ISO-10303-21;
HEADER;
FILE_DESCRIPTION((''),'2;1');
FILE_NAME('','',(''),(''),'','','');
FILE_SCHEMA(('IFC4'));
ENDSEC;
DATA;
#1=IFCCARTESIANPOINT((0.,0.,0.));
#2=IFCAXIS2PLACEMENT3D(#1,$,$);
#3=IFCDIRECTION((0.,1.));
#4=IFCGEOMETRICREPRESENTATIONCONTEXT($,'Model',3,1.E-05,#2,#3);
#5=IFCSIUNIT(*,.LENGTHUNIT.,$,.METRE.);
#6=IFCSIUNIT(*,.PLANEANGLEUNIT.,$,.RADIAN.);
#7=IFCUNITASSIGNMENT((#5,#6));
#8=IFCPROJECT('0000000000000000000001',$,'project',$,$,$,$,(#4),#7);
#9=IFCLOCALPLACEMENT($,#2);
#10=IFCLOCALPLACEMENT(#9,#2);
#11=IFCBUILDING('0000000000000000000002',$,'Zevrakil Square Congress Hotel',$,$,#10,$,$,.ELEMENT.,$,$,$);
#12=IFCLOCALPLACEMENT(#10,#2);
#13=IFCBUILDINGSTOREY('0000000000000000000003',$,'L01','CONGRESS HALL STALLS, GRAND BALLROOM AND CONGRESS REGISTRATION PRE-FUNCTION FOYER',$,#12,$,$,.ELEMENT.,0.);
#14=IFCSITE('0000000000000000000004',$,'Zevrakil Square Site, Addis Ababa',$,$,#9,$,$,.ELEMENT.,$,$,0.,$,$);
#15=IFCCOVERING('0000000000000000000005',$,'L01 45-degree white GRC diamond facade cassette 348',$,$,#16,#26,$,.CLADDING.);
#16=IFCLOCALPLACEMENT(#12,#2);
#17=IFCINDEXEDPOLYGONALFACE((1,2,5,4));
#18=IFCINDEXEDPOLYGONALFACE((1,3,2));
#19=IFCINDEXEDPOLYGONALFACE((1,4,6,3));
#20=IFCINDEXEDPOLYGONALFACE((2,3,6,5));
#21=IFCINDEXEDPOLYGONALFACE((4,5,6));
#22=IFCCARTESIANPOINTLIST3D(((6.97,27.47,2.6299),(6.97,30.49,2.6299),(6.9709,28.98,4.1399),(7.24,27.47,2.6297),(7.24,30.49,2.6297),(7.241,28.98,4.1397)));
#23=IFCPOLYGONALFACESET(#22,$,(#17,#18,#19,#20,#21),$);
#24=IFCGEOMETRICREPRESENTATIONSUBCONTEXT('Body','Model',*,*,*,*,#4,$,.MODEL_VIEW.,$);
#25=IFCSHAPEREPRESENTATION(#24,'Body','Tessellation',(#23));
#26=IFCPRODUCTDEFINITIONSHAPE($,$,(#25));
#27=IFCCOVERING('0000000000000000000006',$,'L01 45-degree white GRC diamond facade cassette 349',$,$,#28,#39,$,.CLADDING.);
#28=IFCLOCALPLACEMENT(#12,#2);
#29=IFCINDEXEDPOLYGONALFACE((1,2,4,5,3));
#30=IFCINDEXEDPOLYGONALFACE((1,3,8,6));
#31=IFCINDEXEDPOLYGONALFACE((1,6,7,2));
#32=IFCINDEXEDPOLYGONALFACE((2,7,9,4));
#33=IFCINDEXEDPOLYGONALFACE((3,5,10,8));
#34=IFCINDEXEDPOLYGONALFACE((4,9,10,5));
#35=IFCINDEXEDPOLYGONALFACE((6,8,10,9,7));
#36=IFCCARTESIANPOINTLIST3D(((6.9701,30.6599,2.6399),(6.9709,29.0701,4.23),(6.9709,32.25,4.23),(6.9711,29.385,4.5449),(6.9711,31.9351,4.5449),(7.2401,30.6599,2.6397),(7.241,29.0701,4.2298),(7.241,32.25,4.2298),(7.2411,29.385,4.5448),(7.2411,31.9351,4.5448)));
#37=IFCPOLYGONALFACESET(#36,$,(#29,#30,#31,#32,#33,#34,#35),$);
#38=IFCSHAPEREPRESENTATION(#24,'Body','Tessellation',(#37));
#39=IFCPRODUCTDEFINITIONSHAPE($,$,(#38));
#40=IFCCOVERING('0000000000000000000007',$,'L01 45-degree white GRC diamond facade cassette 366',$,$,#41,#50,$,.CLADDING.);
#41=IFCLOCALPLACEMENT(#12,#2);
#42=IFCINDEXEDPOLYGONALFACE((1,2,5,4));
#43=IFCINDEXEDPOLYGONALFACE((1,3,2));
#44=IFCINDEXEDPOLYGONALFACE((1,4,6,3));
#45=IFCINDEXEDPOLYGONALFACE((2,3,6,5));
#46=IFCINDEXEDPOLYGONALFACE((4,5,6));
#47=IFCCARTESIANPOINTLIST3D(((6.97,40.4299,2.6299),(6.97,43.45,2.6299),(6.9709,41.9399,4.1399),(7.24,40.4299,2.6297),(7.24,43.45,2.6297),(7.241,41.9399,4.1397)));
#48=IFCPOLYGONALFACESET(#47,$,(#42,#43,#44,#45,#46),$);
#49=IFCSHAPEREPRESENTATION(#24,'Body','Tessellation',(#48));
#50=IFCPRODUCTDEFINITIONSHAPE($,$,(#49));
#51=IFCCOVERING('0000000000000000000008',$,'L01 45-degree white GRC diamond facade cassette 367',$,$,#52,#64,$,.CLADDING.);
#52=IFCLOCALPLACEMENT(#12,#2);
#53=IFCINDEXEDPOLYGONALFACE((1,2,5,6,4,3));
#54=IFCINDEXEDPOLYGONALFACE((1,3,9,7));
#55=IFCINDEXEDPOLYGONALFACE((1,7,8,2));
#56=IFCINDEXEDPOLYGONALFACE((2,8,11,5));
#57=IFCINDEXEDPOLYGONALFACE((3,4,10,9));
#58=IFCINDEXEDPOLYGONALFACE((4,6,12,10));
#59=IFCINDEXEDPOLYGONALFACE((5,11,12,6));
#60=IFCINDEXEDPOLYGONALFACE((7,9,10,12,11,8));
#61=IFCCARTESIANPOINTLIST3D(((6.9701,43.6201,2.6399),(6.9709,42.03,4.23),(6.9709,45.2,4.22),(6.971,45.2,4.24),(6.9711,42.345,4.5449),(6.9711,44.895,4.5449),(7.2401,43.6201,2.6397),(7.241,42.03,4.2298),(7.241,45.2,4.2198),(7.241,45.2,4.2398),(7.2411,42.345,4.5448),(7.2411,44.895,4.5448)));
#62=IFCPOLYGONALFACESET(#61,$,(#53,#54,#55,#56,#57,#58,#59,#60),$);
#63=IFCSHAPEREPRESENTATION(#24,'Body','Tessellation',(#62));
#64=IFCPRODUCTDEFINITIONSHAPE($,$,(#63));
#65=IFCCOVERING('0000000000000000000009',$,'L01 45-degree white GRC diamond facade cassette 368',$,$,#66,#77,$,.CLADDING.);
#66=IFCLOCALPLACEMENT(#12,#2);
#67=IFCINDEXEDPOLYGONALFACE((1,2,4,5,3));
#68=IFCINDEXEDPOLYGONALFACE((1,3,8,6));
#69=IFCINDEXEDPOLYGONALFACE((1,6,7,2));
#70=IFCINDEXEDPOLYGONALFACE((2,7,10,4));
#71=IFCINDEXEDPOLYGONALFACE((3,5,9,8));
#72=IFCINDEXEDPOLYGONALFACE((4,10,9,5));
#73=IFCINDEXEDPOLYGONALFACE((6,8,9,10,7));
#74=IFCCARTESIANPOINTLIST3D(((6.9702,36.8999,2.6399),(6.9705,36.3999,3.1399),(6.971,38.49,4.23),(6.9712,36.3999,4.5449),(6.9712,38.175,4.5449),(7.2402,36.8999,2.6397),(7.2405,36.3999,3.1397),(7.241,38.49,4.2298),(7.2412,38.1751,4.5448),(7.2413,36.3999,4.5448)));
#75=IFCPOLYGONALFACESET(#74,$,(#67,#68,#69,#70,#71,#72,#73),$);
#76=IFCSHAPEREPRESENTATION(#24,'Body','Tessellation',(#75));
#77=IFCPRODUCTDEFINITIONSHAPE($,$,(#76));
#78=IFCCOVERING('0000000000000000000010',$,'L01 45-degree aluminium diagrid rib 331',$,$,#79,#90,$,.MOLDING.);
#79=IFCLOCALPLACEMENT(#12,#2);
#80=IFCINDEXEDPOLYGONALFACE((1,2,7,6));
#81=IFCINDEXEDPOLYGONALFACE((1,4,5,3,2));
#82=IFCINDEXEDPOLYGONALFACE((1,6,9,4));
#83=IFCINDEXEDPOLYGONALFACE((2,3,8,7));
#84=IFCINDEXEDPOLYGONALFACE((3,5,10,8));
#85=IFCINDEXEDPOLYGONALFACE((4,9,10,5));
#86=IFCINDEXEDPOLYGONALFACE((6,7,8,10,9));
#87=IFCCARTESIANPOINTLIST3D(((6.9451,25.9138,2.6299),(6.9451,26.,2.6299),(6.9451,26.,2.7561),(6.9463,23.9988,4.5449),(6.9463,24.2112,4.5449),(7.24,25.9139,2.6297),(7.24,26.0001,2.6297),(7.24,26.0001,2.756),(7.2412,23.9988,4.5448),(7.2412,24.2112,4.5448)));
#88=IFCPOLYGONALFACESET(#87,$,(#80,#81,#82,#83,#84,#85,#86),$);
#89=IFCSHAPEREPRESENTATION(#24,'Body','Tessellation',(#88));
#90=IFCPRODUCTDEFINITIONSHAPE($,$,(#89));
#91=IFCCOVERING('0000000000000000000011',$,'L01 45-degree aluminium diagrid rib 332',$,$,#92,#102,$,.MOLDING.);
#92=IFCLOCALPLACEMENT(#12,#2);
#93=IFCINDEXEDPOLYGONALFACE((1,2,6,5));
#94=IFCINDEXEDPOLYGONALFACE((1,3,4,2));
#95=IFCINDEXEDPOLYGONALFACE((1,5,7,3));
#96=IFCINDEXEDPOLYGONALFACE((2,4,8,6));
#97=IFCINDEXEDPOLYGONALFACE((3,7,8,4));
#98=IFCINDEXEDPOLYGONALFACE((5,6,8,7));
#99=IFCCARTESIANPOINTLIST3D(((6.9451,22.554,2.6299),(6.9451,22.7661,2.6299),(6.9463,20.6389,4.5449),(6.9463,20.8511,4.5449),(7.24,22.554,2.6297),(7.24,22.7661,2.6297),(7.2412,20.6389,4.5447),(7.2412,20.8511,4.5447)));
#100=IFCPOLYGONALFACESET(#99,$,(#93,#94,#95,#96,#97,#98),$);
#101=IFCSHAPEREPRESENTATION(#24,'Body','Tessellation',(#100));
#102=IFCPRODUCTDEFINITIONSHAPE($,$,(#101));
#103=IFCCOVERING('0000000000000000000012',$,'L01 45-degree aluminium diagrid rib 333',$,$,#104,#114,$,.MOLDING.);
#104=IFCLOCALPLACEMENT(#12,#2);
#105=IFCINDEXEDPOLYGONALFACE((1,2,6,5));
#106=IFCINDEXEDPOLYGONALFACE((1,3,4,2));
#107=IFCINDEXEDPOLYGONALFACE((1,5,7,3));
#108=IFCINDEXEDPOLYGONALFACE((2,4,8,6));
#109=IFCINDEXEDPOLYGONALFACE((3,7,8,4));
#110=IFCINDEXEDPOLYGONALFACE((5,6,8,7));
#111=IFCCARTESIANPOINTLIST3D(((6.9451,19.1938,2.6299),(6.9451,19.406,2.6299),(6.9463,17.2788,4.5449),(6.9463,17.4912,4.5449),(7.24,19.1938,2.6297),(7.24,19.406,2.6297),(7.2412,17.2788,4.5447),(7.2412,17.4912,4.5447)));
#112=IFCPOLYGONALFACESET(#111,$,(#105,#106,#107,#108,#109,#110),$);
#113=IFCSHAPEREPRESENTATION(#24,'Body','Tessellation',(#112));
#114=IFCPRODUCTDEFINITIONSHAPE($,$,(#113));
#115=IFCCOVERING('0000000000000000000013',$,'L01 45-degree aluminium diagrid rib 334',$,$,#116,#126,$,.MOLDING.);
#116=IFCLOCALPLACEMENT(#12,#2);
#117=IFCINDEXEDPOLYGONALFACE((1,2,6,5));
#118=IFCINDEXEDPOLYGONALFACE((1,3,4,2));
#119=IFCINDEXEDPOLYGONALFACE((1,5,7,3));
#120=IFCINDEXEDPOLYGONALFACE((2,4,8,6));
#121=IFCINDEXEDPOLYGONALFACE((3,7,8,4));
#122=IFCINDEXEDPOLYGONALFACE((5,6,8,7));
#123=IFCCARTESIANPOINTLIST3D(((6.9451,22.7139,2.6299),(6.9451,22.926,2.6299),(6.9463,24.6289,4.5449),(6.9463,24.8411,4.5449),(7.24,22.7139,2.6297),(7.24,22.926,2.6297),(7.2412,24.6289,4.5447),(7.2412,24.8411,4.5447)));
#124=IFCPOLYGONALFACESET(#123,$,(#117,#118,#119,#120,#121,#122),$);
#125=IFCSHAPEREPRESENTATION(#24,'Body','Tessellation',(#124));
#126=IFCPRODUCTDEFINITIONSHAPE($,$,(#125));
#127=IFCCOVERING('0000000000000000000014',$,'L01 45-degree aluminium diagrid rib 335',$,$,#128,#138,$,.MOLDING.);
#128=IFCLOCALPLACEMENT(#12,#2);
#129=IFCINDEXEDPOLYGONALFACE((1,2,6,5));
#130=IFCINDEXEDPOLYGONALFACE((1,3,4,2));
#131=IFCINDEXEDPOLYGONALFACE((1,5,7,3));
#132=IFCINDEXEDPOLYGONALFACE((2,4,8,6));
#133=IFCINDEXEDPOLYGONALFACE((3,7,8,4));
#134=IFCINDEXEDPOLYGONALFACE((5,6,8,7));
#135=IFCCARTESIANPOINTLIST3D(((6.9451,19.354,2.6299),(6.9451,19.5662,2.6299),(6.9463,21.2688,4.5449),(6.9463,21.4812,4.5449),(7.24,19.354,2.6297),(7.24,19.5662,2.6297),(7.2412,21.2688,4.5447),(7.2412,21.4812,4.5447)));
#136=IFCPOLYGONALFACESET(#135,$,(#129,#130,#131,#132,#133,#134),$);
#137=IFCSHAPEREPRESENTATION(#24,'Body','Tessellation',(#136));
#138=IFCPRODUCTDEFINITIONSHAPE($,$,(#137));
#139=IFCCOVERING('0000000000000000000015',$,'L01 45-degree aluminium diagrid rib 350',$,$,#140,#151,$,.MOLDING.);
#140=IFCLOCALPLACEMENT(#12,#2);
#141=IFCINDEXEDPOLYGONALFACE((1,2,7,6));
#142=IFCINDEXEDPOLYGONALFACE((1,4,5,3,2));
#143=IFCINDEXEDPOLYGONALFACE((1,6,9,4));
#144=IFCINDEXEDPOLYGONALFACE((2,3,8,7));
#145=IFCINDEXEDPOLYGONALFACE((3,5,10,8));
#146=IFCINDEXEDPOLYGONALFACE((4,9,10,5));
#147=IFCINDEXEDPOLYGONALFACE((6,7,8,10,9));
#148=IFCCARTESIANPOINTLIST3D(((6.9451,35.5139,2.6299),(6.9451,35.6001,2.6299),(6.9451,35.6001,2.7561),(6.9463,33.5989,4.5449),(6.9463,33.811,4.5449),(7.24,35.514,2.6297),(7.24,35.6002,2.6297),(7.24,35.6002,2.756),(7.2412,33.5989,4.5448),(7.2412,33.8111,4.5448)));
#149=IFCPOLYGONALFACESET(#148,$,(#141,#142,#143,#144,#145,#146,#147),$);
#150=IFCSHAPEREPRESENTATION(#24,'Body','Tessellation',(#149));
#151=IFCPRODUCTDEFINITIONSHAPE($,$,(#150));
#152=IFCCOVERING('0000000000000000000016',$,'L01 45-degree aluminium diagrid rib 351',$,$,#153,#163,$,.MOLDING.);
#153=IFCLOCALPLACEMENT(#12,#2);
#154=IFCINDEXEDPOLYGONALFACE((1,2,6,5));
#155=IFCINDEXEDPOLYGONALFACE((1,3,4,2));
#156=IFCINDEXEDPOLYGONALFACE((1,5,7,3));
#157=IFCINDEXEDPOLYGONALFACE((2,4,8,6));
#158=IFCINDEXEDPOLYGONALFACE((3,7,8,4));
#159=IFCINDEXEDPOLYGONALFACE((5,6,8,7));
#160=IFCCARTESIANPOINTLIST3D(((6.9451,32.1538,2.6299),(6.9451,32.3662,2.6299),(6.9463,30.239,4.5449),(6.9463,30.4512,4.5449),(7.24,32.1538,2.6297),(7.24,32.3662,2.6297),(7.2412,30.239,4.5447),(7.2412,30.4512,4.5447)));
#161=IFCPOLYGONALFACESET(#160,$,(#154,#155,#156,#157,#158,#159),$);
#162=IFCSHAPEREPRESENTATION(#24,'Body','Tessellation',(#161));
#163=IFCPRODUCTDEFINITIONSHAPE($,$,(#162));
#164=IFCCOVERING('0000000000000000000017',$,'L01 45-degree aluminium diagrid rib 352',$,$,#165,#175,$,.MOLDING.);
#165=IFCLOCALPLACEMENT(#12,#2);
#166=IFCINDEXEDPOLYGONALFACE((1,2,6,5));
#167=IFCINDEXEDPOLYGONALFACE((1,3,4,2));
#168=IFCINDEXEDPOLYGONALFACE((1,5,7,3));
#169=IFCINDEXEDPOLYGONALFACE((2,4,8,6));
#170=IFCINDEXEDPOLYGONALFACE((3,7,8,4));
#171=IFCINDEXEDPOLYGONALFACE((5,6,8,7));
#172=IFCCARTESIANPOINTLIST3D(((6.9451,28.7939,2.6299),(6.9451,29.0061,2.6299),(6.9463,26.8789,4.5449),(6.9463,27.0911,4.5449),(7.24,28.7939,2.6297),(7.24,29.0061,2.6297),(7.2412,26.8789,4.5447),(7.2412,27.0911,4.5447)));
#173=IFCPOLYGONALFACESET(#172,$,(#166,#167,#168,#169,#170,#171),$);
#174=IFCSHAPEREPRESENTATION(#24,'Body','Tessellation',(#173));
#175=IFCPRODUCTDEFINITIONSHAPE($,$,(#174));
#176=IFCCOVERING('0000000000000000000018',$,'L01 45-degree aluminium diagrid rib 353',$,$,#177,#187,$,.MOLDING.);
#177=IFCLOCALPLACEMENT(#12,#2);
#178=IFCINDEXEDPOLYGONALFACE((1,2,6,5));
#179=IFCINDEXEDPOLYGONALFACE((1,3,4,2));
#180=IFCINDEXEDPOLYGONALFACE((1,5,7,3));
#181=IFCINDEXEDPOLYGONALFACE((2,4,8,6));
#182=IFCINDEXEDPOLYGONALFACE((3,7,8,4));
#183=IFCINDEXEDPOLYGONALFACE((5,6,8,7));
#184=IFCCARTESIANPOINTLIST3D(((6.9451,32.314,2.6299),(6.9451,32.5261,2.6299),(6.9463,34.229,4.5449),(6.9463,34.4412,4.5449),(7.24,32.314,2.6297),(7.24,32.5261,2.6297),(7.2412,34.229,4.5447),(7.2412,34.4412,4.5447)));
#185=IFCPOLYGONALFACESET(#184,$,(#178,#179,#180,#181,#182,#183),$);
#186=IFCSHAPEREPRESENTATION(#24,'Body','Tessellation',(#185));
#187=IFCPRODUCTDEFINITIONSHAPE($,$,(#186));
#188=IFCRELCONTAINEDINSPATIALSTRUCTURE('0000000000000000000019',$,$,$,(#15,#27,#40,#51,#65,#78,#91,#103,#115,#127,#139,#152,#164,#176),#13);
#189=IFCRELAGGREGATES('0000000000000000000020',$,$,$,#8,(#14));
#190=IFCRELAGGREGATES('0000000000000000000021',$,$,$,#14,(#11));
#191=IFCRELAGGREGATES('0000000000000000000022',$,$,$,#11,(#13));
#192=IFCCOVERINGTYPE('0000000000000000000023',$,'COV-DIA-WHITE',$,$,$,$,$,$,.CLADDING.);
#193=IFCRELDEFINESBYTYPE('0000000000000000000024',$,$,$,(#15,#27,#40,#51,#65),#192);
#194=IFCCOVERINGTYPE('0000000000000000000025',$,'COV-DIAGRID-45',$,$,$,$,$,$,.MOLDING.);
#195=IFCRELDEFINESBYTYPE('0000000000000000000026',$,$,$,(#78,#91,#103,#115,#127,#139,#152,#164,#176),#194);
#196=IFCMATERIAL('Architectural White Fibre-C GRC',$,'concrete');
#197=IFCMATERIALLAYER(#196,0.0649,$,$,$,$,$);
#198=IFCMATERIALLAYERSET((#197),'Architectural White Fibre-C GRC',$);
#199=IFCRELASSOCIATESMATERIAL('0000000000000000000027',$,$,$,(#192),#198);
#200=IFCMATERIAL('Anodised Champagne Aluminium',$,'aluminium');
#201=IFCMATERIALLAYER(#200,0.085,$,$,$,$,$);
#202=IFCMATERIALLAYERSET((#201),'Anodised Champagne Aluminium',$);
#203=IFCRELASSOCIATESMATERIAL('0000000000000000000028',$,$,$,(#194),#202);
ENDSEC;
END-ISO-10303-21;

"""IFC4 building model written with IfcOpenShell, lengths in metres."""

from ifc_helpers import new_model, si_unit, direction, frame, origin, place, context, subcontext, project, spatial, polyline, outline, extrude, material, layer, layer_set, type_object, element, save


model = new_model("IFC4")

# Units and contexts
model_context = context("Model", 3, precision=1e-05, world=origin(), true_north=direction((0.0, 1.0)))
body_context = subcontext(model_context, "Body", "Model", "MODEL_VIEW")
ifc_project = project(units=[si_unit("LENGTHUNIT", "METRE"), si_unit("PLANEANGLEUNIT", "RADIAN")], contexts=[model_context])

# Site, building, storey
site_placement = place(None, origin())
site = spatial("IfcSite", under=ifc_project, at=site_placement, Name="Zevrakil Square Site, Addis Ababa", CompositionType="ELEMENT", RefElevation=0.0)
building_placement = place(site_placement, origin())
building = spatial("IfcBuilding", under=site, at=building_placement, Name="Zevrakil Square Congress Hotel", CompositionType="ELEMENT")
storey_placement = place(building_placement, origin())
storey = spatial("IfcBuildingStorey", under=building, at=storey_placement, Name="L01", Description="CONGRESS HALL STALLS, GRAND BALLROOM AND CONGRESS REGISTRATION PRE-FUNCTION FOYER", CompositionType="ELEMENT", Elevation=0.0)

# Coverings
ifc_material_1 = material(Name="Architectural White Fibre-C GRC", Category="concrete")
ifc_layer_1 = layer(ifc_material_1, 0.0649)
ifc_layer_set_1 = layer_set([ifc_layer_1], Name="Architectural White Fibre-C GRC")
covering_type_1 = type_object("IfcCoveringType", Name="COV-DIA-WHITE", PredefinedType="CLADDING", material=ifc_layer_set_1)
covering_1_placement = place(storey_placement, frame((6.9709, 28.98, 4.1399), z_axis=(-1.0, 0.0, 0.000647), x_axis=(-0.000457, -0.707107, -0.707107)))
element("IfcCovering", 1, at=covering_1_placement, inside=storey, type_object=covering_type_1, Name="L01 45-degree white GRC diamond facade cassette 348", PredefinedType="CLADDING", context=body_context, shape_type="SweptSolid", body=[
    extrude(outline(polyline([(0.0, 0.0), (2.1355, 0.0), (0.0, -2.1355), (0.0, 0.0)])), origin(), (0.0, 0.0, -1.0), 0.27),
])
covering_2_placement = place(storey_placement, frame((6.9709, 29.0701, 4.23), z_axis=(-1.0, 0.0, 0.000543), x_axis=(-0.000384, 0.707052, -0.707161)))
element("IfcCovering", 2, at=covering_2_placement, inside=storey, type_object=covering_type_1, Name="L01 45-degree white GRC diamond facade cassette 349", PredefinedType="CLADDING", context=body_context, shape_type="SweptSolid", body=[
    extrude(outline(polyline([(0.0, 0.0), (2.2486, 0.0), (2.2484, -2.2487), (1.803, -2.2487), (0.0, -0.4454), (0.0, 0.0)])), origin(), (0.0, 0.0, -1.0), 0.27),
])
covering_3_placement = place(storey_placement, frame((6.9709, 41.9399, 4.1399), z_axis=(-1.0, 0.0, 0.000647), x_axis=(-0.000457, -0.707107, -0.707107)))
element("IfcCovering", 3, at=covering_3_placement, inside=storey, type_object=covering_type_1, Name="L01 45-degree white GRC diamond facade cassette 366", PredefinedType="CLADDING", context=body_context, shape_type="SweptSolid", body=[
    extrude(outline(polyline([(0.0, 0.0), (2.1355, 0.0), (0.0, -2.1355), (0.0, 0.0)])), origin(), (0.0, 0.0, -1.0), 0.27),
])
covering_4_placement = place(storey_placement, frame((6.9709, 42.03, 4.23), z_axis=(-1.0, 0.000001, 0.000542), x_axis=(-0.000383, 0.707107, -0.707107)))
element("IfcCovering", 4, at=covering_4_placement, inside=storey, type_object=covering_type_1, Name="L01 45-degree white GRC diamond facade cassette 367", PredefinedType="CLADDING", context=body_context, shape_type="SweptSolid", body=[
    extrude(outline(polyline([(0.0, 0.0), (2.2487, 0.0), (2.2486, -2.2344), (2.2344, -2.2486), (1.8032, -2.2486), (0.0, -0.4454), (0.0, 0.0)])), origin(), (0.0, 0.0, -1.0), 0.27),
])
covering_5_placement = place(storey_placement, frame((6.9702, 36.8999, 2.6399), z_axis=(-1.0, -0.000026, 0.000535), x_axis=(0.000359, 0.707107, 0.707107)))
element("IfcCovering", 5, at=covering_5_placement, inside=storey, type_object=covering_type_1, Name="L01 45-degree white GRC diamond facade cassette 368", PredefinedType="CLADDING", context=body_context, shape_type="SweptSolid", body=[
    extrude(outline(polyline([(0.0, 0.0), (2.2487, 0.0), (2.2487, -0.4454), (0.9935, -1.7006), (0.0, -0.7071), (0.0, 0.0)])), origin(), (0.0, 0.0, -1.0), 0.27),
])
ifc_material_2 = material(Name="Anodised Champagne Aluminium", Category="aluminium")
ifc_layer_2 = layer(ifc_material_2, 0.085)
ifc_layer_set_2 = layer_set([ifc_layer_2], Name="Anodised Champagne Aluminium")
covering_type_2 = type_object("IfcCoveringType", Name="COV-DIAGRID-45", PredefinedType="MOLDING", material=ifc_layer_set_2)
covering_6_placement = place(storey_placement, frame((6.9451, 25.9138, 2.6299), z_axis=(-1.0, -0.000193, 0.000457), x_axis=(-0.000193, 1.0, 0.0)))
element("IfcCovering", 6, at=covering_6_placement, inside=storey, type_object=covering_type_2, Name="L01 45-degree aluminium diagrid rib 331", PredefinedType="MOLDING", context=body_context, shape_type="SweptSolid", body=[
    extrude(outline(polyline([(0.0, 0.0), (0.0862, 0.0), (0.0862, -0.1262), (-1.7026, -1.915), (-1.915, -1.915), (0.0, 0.0)])), origin(), (0.0, 0.0, -1.0), 0.2949),
])
covering_7_placement = place(storey_placement, frame((6.9451, 22.554, 2.6299), z_axis=(-1.0, 0.0, 0.000637), x_axis=(0.0, 1.0, 0.0)))
element("IfcCovering", 7, at=covering_7_placement, inside=storey, type_object=covering_type_2, Name="L01 45-degree aluminium diagrid rib 332", PredefinedType="MOLDING", context=body_context, shape_type="SweptSolid", body=[
    extrude(outline(polyline([(0.0, 0.0), (0.2122, 0.0), (-1.7029, -1.915), (-1.915, -1.915), (0.0, 0.0)])), origin(), (0.0, 0.0, -1.0), 0.2949),
])
covering_8_placement = place(storey_placement, frame((6.9451, 19.1938, 2.6299), z_axis=(-1.0, 0.0, 0.000637), x_axis=(0.0, 1.0, 0.0)))
element("IfcCovering", 8, at=covering_8_placement, inside=storey, type_object=covering_type_2, Name="L01 45-degree aluminium diagrid rib 333", PredefinedType="MOLDING", context=body_context, shape_type="SweptSolid", body=[
    extrude(outline(polyline([(0.0, 0.0), (0.2122, 0.0), (-1.7026, -1.915), (-1.915, -1.915), (0.0, 0.0)])), origin(), (0.0, 0.0, -1.0), 0.2949),
])
covering_9_placement = place(storey_placement, frame((6.9463, 24.8411, 4.5449), z_axis=(-1.0, 0.0, 0.000637), x_axis=(0.0, -1.0, 0.0)))
element("IfcCovering", 9, at=covering_9_placement, inside=storey, type_object=covering_type_2, Name="L01 45-degree aluminium diagrid rib 334", PredefinedType="MOLDING", context=body_context, shape_type="SweptSolid", body=[
    extrude(outline(polyline([(0.0, 0.0), (0.2122, 0.0), (2.1272, -1.915), (1.915, -1.915), (0.0, 0.0)])), origin(), (0.0, 0.0, -1.0), 0.2949),
])
covering_10_placement = place(storey_placement, frame((6.9463, 21.4812, 4.5449), z_axis=(-1.0, 0.0, 0.000637), x_axis=(0.0, -1.0, 0.0)))
element("IfcCovering", 10, at=covering_10_placement, inside=storey, type_object=covering_type_2, Name="L01 45-degree aluminium diagrid rib 335", PredefinedType="MOLDING", context=body_context, shape_type="SweptSolid", body=[
    extrude(outline(polyline([(0.0, 0.0), (0.2124, 0.0), (2.1272, -1.915), (1.915, -1.915), (0.0, 0.0)])), origin(), (0.0, 0.0, -1.0), 0.2949),
])
covering_11_placement = place(storey_placement, frame((6.9451, 35.5139, 2.6299), z_axis=(-1.0, -0.000193, 0.000457), x_axis=(-0.000193, 1.0, 0.0)))
element("IfcCovering", 11, at=covering_11_placement, inside=storey, type_object=covering_type_2, Name="L01 45-degree aluminium diagrid rib 350", PredefinedType="MOLDING", context=body_context, shape_type="SweptSolid", body=[
    extrude(outline(polyline([(0.0, 0.0), (0.0862, 0.0), (0.0862, -0.1262), (-1.7029, -1.915), (-1.915, -1.915), (0.0, 0.0)])), origin(), (0.0, 0.0, -1.0), 0.2949),
])
covering_12_placement = place(storey_placement, frame((6.9451, 32.1538, 2.6299), z_axis=(-1.0, 0.0, 0.000637), x_axis=(0.0, 1.0, 0.0)))
element("IfcCovering", 12, at=covering_12_placement, inside=storey, type_object=covering_type_2, Name="L01 45-degree aluminium diagrid rib 351", PredefinedType="MOLDING", context=body_context, shape_type="SweptSolid", body=[
    extrude(outline(polyline([(0.0, 0.0), (0.2124, 0.0), (-1.7026, -1.915), (-1.9148, -1.915), (0.0, 0.0)])), origin(), (0.0, 0.0, -1.0), 0.2949),
])
covering_13_placement = place(storey_placement, frame((6.9451, 28.7939, 2.6299), z_axis=(-1.0, 0.0, 0.000637), x_axis=(0.0, 1.0, 0.0)))
element("IfcCovering", 13, at=covering_13_placement, inside=storey, type_object=covering_type_2, Name="L01 45-degree aluminium diagrid rib 352", PredefinedType="MOLDING", context=body_context, shape_type="SweptSolid", body=[
    extrude(outline(polyline([(0.0, 0.0), (0.2122, 0.0), (-1.7029, -1.915), (-1.915, -1.915), (0.0, 0.0)])), origin(), (0.0, 0.0, -1.0), 0.2949),
])
for number, where, z_axis, x_axis, name in (
    (14, (6.9463, 34.4412, 4.5449), (-1.0, 0.0, 0.000637), (0.0, -1.0, 0.0), "L01 45-degree aluminium diagrid rib 353"),
):
    element("IfcCovering", number, at=place(storey_placement, frame(where, z_axis=z_axis, x_axis=x_axis)), inside=storey, type_object=covering_type_2, Name=name, PredefinedType="MOLDING", context=body_context, shape_type="SweptSolid", body=[
        extrude(outline(polyline([(0.0, 0.0), (0.2122, 0.0), (2.1272, -1.915), (1.915, -1.915), (0.0, 0.0)])), origin(), (0.0, 0.0, -1.0), 0.2949),
    ])

save(model, "model.ifc")
